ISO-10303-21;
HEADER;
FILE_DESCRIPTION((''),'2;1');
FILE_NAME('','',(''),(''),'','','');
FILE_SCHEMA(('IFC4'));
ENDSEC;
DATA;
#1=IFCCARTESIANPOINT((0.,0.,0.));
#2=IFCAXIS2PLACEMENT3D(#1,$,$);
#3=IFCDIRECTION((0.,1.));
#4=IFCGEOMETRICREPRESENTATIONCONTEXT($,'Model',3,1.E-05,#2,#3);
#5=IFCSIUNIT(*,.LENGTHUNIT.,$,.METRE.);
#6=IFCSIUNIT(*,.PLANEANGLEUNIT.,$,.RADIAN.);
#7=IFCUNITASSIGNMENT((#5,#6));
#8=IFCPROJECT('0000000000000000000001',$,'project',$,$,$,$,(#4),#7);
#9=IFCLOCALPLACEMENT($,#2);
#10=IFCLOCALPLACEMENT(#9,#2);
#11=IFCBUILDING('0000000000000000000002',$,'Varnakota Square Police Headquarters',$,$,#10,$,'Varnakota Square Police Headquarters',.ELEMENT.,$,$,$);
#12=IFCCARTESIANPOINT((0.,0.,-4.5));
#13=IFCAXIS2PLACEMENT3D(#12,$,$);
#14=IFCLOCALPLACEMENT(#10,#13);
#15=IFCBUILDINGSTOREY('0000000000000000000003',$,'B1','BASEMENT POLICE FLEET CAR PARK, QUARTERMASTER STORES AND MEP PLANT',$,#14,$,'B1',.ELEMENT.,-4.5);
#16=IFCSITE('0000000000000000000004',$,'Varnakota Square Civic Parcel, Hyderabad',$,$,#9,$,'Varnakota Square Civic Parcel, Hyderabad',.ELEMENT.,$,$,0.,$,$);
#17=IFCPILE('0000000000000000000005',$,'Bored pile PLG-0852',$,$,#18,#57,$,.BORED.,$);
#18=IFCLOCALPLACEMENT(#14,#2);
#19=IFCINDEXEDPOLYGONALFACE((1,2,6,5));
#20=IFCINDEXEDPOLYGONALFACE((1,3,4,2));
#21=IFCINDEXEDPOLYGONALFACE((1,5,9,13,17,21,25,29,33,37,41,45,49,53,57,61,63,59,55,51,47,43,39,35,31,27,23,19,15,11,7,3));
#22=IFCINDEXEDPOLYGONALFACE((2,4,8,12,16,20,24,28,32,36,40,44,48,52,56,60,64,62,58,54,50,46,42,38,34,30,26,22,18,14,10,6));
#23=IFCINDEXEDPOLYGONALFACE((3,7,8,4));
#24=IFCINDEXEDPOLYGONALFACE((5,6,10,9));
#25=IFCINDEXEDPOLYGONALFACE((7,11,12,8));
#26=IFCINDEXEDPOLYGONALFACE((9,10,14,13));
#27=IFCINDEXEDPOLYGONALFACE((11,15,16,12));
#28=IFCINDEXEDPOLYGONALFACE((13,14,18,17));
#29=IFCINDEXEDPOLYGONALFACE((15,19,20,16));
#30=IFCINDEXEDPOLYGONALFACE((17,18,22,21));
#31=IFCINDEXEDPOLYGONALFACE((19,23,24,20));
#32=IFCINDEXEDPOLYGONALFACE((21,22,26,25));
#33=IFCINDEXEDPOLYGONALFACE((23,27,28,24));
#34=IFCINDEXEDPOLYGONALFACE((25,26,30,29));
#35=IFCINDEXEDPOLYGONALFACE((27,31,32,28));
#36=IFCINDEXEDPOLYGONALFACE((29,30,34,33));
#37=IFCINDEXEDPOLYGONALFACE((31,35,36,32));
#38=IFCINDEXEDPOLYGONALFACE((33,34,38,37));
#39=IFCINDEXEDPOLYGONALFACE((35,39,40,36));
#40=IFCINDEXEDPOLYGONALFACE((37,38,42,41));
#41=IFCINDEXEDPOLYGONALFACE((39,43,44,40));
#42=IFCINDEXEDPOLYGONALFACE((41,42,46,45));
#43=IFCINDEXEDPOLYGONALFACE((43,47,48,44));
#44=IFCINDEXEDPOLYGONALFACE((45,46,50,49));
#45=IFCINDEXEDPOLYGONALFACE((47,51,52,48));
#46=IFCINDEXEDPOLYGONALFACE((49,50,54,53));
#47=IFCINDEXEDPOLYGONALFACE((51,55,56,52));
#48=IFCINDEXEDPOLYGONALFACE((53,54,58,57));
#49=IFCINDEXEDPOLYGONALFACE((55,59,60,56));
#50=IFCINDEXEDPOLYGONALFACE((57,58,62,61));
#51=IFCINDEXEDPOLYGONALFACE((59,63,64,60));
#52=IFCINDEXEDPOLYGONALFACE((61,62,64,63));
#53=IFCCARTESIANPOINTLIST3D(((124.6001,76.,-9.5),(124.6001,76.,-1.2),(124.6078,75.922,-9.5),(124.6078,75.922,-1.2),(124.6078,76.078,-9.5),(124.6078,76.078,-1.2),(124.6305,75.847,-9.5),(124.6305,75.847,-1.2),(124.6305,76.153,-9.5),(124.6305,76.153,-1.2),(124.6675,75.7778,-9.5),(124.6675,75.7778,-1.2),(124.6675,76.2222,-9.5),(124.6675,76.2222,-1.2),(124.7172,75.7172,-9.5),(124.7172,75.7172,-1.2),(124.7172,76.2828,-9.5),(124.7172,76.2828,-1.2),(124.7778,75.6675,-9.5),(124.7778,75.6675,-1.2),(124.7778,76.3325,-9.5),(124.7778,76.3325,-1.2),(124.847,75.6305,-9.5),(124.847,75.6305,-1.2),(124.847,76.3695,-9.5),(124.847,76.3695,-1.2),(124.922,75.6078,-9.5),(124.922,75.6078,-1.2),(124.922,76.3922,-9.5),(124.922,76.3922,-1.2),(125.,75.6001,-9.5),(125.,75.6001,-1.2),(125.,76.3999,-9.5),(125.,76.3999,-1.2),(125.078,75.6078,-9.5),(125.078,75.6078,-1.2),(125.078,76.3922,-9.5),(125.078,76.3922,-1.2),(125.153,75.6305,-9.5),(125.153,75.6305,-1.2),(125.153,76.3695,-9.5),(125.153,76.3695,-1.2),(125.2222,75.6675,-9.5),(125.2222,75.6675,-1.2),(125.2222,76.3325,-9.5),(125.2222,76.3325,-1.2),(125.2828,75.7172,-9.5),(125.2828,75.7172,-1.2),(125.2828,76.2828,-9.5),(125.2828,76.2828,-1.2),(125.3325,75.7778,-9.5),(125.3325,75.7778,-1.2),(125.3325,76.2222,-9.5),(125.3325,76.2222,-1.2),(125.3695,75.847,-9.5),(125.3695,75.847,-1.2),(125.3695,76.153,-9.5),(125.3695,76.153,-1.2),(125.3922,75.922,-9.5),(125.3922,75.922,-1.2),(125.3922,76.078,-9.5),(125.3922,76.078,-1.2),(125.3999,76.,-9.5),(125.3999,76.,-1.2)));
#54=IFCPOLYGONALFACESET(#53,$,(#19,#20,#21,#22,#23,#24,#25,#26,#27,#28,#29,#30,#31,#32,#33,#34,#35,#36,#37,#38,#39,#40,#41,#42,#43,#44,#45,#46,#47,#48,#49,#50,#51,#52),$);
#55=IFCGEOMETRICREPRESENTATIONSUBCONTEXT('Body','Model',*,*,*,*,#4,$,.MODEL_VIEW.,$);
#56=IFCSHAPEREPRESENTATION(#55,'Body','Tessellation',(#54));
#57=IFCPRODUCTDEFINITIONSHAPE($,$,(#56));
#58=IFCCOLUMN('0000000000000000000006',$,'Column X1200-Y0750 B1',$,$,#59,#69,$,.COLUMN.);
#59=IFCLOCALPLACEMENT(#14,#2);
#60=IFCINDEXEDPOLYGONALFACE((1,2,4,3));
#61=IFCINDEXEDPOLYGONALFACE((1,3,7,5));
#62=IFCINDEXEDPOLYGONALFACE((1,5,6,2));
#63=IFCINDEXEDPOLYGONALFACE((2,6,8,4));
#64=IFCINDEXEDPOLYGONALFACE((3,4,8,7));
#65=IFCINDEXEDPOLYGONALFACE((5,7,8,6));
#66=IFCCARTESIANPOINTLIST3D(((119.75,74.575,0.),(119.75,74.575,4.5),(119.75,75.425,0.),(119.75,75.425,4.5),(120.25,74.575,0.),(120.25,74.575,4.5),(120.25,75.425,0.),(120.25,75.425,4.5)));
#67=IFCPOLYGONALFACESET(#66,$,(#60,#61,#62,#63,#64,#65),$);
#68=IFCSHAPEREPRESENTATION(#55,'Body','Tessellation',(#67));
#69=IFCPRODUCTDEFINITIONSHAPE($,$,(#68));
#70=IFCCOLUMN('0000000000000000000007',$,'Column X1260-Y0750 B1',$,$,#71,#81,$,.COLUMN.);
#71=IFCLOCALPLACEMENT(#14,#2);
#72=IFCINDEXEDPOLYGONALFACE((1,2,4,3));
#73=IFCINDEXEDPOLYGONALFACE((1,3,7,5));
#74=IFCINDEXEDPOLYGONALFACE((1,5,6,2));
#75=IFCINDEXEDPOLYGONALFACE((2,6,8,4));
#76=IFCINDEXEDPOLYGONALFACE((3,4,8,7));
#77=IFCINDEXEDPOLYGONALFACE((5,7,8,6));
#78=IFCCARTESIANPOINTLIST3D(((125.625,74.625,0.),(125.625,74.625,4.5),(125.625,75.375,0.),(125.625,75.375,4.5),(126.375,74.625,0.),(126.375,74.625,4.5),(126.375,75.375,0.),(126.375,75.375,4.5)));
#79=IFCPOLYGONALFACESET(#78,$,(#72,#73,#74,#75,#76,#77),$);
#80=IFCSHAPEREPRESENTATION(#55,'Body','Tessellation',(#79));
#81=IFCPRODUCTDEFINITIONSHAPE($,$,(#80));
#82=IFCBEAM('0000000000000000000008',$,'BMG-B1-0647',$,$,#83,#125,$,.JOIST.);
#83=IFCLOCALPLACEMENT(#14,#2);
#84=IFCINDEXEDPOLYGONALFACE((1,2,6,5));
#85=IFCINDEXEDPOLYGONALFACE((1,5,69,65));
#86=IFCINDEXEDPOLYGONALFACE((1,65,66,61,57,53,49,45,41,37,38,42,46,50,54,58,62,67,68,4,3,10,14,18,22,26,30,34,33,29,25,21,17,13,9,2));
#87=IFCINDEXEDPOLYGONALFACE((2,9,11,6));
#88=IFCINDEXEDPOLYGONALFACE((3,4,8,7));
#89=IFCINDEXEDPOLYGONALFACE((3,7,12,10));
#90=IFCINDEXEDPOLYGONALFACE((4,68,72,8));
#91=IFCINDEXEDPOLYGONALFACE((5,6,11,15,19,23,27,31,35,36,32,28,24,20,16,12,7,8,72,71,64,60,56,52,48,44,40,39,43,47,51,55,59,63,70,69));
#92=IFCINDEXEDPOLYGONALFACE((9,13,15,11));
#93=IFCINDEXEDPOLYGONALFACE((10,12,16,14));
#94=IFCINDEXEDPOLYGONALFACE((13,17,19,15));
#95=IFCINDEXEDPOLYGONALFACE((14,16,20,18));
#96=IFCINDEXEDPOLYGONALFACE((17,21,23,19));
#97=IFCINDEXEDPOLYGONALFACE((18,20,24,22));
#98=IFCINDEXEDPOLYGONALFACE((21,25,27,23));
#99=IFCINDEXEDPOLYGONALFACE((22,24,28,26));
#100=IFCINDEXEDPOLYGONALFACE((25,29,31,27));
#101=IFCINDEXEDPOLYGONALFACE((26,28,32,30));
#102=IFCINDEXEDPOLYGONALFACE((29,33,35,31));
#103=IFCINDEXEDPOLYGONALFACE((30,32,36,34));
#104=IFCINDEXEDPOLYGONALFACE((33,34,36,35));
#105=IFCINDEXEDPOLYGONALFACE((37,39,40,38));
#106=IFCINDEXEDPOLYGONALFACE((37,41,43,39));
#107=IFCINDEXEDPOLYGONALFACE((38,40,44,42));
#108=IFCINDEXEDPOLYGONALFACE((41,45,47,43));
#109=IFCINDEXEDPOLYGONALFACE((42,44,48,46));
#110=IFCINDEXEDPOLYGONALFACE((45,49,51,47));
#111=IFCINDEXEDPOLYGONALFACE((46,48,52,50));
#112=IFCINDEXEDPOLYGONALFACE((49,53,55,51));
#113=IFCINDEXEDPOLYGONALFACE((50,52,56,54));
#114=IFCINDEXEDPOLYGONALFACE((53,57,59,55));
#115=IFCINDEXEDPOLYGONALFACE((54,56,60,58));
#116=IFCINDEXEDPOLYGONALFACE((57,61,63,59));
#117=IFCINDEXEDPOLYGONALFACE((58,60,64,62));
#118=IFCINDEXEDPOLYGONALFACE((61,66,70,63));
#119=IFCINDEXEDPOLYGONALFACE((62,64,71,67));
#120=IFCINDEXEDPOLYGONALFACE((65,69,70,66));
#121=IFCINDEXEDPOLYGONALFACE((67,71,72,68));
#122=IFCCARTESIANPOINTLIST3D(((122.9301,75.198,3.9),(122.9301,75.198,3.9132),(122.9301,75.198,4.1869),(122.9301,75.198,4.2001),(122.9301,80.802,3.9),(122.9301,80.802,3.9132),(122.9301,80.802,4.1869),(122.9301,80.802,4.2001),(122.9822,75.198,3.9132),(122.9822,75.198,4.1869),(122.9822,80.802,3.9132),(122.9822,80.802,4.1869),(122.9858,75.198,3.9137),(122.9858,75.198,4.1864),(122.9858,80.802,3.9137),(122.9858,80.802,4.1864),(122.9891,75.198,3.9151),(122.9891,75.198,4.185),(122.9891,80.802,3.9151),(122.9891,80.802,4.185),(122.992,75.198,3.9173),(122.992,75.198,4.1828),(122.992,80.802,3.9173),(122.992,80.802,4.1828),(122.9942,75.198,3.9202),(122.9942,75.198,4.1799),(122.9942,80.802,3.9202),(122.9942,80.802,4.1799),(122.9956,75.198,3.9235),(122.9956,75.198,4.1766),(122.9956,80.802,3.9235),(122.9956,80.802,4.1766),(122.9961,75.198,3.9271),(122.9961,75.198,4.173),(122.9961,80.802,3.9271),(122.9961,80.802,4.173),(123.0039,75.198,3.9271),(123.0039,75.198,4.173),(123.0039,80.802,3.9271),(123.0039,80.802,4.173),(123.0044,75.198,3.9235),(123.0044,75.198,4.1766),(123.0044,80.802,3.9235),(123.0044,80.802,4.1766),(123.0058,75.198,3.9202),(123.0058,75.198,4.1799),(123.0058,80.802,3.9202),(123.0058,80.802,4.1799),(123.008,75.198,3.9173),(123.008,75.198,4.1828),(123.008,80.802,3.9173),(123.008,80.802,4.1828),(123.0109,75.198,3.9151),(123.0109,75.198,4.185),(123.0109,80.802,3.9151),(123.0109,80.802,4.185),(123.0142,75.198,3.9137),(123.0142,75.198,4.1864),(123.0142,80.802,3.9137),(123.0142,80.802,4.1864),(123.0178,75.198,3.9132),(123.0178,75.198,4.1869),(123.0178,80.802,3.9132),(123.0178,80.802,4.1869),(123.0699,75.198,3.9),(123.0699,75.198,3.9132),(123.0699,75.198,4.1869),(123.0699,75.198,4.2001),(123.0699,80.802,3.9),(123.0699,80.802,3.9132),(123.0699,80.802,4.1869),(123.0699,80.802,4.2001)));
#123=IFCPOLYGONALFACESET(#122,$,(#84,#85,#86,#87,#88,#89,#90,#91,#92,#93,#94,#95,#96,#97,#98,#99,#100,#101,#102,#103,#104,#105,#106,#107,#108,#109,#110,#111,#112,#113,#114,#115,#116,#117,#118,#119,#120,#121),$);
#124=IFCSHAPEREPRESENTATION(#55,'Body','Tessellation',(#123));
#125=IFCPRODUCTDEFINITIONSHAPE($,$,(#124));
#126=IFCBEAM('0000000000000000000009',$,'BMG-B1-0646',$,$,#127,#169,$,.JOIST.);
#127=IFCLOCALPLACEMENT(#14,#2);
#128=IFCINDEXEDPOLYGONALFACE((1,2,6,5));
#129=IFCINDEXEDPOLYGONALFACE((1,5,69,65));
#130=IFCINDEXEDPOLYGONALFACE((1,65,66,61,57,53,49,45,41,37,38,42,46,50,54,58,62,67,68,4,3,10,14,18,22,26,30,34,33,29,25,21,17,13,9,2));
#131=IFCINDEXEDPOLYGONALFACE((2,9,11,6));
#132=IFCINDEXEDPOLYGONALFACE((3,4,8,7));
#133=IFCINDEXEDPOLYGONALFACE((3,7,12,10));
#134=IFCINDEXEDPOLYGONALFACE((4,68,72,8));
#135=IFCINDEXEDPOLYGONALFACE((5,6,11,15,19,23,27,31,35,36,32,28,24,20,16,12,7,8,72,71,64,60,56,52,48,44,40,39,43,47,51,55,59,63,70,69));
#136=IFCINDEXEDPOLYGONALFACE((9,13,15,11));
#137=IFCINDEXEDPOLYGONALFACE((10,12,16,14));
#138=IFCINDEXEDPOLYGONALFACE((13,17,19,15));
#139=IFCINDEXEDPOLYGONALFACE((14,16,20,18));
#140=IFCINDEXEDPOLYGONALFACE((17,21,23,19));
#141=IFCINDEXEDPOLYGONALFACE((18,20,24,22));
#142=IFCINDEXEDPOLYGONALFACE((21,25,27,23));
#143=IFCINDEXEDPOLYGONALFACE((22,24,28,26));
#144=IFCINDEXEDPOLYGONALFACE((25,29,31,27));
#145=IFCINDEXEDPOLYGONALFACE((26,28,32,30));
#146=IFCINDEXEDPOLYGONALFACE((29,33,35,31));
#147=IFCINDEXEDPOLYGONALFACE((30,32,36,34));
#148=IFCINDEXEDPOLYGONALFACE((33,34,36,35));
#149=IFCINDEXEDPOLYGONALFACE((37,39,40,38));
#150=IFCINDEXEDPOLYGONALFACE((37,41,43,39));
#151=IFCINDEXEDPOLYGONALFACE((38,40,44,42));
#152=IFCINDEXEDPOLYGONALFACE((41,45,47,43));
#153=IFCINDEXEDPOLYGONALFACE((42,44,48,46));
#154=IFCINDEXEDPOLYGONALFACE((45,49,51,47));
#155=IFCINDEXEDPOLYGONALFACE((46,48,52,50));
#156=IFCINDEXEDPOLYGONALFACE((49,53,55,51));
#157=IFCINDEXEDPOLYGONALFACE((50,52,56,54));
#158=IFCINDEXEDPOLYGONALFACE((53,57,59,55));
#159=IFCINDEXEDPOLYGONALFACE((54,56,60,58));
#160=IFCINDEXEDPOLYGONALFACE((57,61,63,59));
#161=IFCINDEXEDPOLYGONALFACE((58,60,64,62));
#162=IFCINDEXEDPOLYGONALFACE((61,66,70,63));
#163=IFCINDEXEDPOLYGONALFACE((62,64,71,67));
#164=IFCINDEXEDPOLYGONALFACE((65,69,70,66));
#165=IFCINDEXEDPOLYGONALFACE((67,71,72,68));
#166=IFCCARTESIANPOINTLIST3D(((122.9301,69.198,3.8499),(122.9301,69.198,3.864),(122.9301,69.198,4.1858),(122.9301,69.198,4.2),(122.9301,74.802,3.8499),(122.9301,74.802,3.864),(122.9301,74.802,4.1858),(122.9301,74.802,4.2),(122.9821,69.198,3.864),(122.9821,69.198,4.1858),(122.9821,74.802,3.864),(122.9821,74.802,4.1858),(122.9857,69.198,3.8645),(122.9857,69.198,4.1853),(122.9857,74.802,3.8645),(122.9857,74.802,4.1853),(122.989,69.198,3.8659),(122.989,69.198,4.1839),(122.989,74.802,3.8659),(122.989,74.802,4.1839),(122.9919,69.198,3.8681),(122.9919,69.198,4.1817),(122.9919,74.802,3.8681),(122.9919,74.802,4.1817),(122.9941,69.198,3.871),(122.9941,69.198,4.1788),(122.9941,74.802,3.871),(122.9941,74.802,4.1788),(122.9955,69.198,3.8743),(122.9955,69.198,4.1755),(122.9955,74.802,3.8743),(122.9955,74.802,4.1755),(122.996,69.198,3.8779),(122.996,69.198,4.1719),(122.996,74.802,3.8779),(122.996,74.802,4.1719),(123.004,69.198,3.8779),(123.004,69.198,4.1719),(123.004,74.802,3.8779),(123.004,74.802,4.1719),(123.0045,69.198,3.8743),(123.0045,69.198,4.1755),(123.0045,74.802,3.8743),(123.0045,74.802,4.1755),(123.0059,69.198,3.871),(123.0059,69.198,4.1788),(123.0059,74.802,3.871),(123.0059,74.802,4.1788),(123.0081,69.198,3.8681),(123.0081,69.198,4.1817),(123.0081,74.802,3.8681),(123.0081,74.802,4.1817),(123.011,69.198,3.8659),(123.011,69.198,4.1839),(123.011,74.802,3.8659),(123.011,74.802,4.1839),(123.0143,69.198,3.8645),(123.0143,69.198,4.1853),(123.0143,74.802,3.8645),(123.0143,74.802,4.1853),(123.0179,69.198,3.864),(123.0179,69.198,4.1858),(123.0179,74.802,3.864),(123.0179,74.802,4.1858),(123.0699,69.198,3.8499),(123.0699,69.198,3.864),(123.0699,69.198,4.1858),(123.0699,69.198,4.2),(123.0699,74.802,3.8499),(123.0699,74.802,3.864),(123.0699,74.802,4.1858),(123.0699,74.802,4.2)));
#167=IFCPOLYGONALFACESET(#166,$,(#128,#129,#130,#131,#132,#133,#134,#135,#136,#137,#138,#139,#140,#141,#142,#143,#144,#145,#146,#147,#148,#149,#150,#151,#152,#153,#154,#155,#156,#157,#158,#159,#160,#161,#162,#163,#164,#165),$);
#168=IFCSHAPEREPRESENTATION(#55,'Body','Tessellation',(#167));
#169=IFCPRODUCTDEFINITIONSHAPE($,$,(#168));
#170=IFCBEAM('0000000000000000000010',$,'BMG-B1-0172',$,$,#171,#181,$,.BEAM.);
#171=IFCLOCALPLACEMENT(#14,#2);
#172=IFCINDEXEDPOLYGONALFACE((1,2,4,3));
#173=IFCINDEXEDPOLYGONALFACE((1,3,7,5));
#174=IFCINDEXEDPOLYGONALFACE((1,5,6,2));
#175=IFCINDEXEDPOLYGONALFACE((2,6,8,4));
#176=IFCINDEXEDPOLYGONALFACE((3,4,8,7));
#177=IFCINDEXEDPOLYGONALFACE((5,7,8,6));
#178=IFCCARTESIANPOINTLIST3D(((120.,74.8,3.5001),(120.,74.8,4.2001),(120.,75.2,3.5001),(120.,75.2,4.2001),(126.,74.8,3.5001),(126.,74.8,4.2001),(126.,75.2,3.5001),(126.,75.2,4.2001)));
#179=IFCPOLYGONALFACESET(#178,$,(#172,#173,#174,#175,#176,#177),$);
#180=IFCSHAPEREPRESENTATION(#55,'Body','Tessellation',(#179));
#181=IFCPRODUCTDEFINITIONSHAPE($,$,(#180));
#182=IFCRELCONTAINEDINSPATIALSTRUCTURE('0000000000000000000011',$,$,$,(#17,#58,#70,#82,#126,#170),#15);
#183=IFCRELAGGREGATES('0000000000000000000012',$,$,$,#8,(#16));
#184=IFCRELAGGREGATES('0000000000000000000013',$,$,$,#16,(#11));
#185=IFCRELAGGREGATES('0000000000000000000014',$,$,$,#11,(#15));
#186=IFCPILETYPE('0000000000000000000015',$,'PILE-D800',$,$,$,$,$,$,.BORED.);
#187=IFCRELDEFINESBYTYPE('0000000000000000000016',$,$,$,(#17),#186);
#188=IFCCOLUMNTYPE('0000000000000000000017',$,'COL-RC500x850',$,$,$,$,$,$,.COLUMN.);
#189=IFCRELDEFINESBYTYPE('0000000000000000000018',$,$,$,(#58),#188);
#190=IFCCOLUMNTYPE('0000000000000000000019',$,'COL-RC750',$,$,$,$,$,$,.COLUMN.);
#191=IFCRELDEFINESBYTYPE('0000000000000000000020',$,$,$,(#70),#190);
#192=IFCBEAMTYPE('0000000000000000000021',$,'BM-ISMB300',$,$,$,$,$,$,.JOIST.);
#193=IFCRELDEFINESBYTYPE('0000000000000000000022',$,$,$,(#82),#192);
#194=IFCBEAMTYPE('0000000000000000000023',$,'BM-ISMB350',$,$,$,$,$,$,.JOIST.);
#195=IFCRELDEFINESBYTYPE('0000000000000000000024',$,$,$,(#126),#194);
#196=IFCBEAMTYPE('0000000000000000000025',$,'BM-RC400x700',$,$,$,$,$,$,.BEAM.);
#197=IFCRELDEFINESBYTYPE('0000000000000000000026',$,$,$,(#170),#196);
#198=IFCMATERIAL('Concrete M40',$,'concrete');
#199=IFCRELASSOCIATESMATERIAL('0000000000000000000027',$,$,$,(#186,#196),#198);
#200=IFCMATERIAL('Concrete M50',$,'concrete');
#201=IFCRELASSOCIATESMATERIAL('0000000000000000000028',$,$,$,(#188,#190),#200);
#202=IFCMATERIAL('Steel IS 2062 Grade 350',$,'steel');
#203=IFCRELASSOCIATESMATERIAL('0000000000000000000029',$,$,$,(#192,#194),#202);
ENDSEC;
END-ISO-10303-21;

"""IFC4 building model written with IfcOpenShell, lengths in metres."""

from ifc_helpers import new_model, si_unit, direction, frame, origin, origin_2d, place, context, subcontext, project, spatial, rectangle, circle, i_section, extrude, material, material_profile, profile_set, type_object, element, save


model = new_model("IFC4")

# Units and contexts
model_context = context("Model", 3, precision=1e-05, world=origin(), true_north=direction((0.0, 1.0)))
body_context = subcontext(model_context, "Body", "Model", "MODEL_VIEW")
ifc_project = project(units=[si_unit("LENGTHUNIT", "METRE"), si_unit("PLANEANGLEUNIT", "RADIAN")], contexts=[model_context])

# Site, building, storey
site_placement = place(None, origin())
site = spatial("IfcSite", under=ifc_project, at=site_placement, Name="Varnakota Square Civic Parcel, Hyderabad", LongName="Varnakota Square Civic Parcel, Hyderabad", CompositionType="ELEMENT", RefElevation=0.0)
building_placement = place(site_placement, origin())
building = spatial("IfcBuilding", under=site, at=building_placement, Name="Varnakota Square Police Headquarters", LongName="Varnakota Square Police Headquarters", CompositionType="ELEMENT")
storey_placement = place(building_placement, frame((0.0, 0.0, -4.5)))
storey = spatial("IfcBuildingStorey", under=building, at=storey_placement, Name="B1", Description="BASEMENT POLICE FLEET CAR PARK, QUARTERMASTER STORES AND MEP PLANT", LongName="B1", CompositionType="ELEMENT", Elevation=-4.5)

# Shared definitions
ifc_material_1 = material(Name="Concrete M40", Category="concrete")

# Pile
ifc_material_profile_1 = material_profile(ifc_material_1, circle(Radius=0.3999, at=origin_2d()), Name="BORED PILE 800")
ifc_profile_set_1 = profile_set([ifc_material_profile_1], Name="Concrete M40")
pile_type = type_object("IfcPileType", Name="PILE-D800", PredefinedType="BORED", material=ifc_profile_set_1)
for number, where, z_axis, x_axis, name in (
    (1, (125.0, 76.0, -1.2), (0.0, 0.0, -1.0), (1.0, 0.0, 0.0), "Bored pile PLG-0852"),
):
    element("IfcPile", number, at=place(storey_placement, frame(where, z_axis=z_axis, x_axis=x_axis)), inside=storey, type_object=pile_type, Name=name, PredefinedType="BORED", context=body_context, shape_type="SweptSolid", body=[
        extrude(circle(Radius=0.3999, at=origin_2d()), origin(), (0.0, 0.0, 1.0), 8.3),
    ])

# Columns
ifc_material_2 = material(Name="Concrete M50", Category="concrete")
ifc_material_profile_2 = material_profile(ifc_material_2, rectangle(XDim=0.5, YDim=0.8501, at=origin_2d()), Name="RC 500x850")
ifc_profile_set_2 = profile_set([ifc_material_profile_2], Name="Concrete M50")
column_type_1 = type_object("IfcColumnType", Name="COL-RC500x850", PredefinedType="COLUMN", material=ifc_profile_set_2)
column_1_placement = place(storey_placement, frame((120.0, 75.0, 0.0), z_axis=(0.0, 0.0, 1.0), x_axis=(1.0, 0.0, 0.0)))
element("IfcColumn", 2, at=column_1_placement, inside=storey, type_object=column_type_1, Name="Column X1200-Y0750 B1", PredefinedType="COLUMN", context=body_context, shape_type="SweptSolid", body=[
    extrude(rectangle(XDim=0.5, YDim=0.8501, at=origin_2d()), origin(), (0.0, 0.0, 1.0), 4.5),
])
ifc_material_profile_3 = material_profile(ifc_material_2, rectangle(XDim=0.75, YDim=0.75, at=origin_2d()), Name="RC 750x750")
ifc_profile_set_3 = profile_set([ifc_material_profile_3], Name="Concrete M50")
column_type_2 = type_object("IfcColumnType", Name="COL-RC750", PredefinedType="COLUMN", material=ifc_profile_set_3)
column_2_placement = place(storey_placement, frame((126.0, 75.0, 0.0), z_axis=(0.0, 0.0, 1.0), x_axis=(1.0, 0.0, 0.0)))
element("IfcColumn", 3, at=column_2_placement, inside=storey, type_object=column_type_2, Name="Column X1260-Y0750 B1", PredefinedType="COLUMN", context=body_context, shape_type="SweptSolid", body=[
    extrude(rectangle(XDim=0.75, YDim=0.75, at=origin_2d()), origin(), (0.0, 0.0, 1.0), 4.5),
])

# Beams
ifc_material_3 = material(Name="Steel IS 2062 Grade 350", Category="steel")
ifc_material_profile_4 = material_profile(ifc_material_3, i_section(OverallWidth=0.1399, OverallDepth=0.3, WebThickness=0.0078, FlangeThickness=0.0132, FilletRadius=0.0139, at=origin_2d()), Name="ISMB 300")
ifc_profile_set_4 = profile_set([ifc_material_profile_4], Name="Steel IS 2062 Grade 350")
beam_type_1 = type_object("IfcBeamType", Name="BM-ISMB300", PredefinedType="JOIST", material=ifc_profile_set_4)
beam_1_placement = place(storey_placement, frame((123.0, 75.198, 4.05), z_axis=(0.0, 1.0, 0.0), x_axis=(-1.0, 0.0, 0.0)))
element("IfcBeam", 4, at=beam_1_placement, inside=storey, type_object=beam_type_1, Name="BMG-B1-0647", PredefinedType="JOIST", context=body_context, shape_type="SweptSolid", body=[
    extrude(i_section(OverallWidth=0.1399, OverallDepth=0.3, WebThickness=0.0078, FlangeThickness=0.0132, FilletRadius=0.0139, at=origin_2d()), origin(), (0.0, 0.0, 1.0), 5.604),
])
ifc_material_profile_5 = material_profile(ifc_material_3, i_section(OverallWidth=0.1399, OverallDepth=0.3501, WebThickness=0.0081, FlangeThickness=0.0142, FilletRadius=0.0139, at=origin_2d()), Name="ISMB 350")
ifc_profile_set_5 = profile_set([ifc_material_profile_5], Name="Steel IS 2062 Grade 350")
beam_type_2 = type_object("IfcBeamType", Name="BM-ISMB350", PredefinedType="JOIST", material=ifc_profile_set_5)
beam_2_placement = place(storey_placement, frame((123.0, 69.198, 4.0249), z_axis=(0.0, 1.0, 0.0), x_axis=(-1.0, 0.0, 0.0)))
element("IfcBeam", 5, at=beam_2_placement, inside=storey, type_object=beam_type_2, Name="BMG-B1-0646", PredefinedType="JOIST", context=body_context, shape_type="SweptSolid", body=[
    extrude(i_section(OverallWidth=0.1399, OverallDepth=0.3501, WebThickness=0.0081, FlangeThickness=0.0142, FilletRadius=0.0139, at=origin_2d()), origin(), (0.0, 0.0, 1.0), 5.604),
])
ifc_material_profile_6 = material_profile(ifc_material_1, rectangle(XDim=0.3999, YDim=0.7, at=origin_2d()), Name="RC 400x700")
ifc_profile_set_6 = profile_set([ifc_material_profile_6], Name="Concrete M40")
beam_type_3 = type_object("IfcBeamType", Name="BM-RC400x700", PredefinedType="BEAM", material=ifc_profile_set_6)
for number, where, z_axis, x_axis, name in (
    (6, (120.0, 75.0, 3.8501), (1.0, 0.0, 0.0), (0.0, 1.0, 0.0), "BMG-B1-0172"),
):
    element("IfcBeam", number, at=place(storey_placement, frame(where, z_axis=z_axis, x_axis=x_axis)), inside=storey, type_object=beam_type_3, Name=name, PredefinedType="BEAM", context=body_context, shape_type="SweptSolid", body=[
        extrude(rectangle(XDim=0.3999, YDim=0.7, at=origin_2d()), origin(), (0.0, 0.0, 1.0), 6.0),
    ])

save(model, "model.ifc")
